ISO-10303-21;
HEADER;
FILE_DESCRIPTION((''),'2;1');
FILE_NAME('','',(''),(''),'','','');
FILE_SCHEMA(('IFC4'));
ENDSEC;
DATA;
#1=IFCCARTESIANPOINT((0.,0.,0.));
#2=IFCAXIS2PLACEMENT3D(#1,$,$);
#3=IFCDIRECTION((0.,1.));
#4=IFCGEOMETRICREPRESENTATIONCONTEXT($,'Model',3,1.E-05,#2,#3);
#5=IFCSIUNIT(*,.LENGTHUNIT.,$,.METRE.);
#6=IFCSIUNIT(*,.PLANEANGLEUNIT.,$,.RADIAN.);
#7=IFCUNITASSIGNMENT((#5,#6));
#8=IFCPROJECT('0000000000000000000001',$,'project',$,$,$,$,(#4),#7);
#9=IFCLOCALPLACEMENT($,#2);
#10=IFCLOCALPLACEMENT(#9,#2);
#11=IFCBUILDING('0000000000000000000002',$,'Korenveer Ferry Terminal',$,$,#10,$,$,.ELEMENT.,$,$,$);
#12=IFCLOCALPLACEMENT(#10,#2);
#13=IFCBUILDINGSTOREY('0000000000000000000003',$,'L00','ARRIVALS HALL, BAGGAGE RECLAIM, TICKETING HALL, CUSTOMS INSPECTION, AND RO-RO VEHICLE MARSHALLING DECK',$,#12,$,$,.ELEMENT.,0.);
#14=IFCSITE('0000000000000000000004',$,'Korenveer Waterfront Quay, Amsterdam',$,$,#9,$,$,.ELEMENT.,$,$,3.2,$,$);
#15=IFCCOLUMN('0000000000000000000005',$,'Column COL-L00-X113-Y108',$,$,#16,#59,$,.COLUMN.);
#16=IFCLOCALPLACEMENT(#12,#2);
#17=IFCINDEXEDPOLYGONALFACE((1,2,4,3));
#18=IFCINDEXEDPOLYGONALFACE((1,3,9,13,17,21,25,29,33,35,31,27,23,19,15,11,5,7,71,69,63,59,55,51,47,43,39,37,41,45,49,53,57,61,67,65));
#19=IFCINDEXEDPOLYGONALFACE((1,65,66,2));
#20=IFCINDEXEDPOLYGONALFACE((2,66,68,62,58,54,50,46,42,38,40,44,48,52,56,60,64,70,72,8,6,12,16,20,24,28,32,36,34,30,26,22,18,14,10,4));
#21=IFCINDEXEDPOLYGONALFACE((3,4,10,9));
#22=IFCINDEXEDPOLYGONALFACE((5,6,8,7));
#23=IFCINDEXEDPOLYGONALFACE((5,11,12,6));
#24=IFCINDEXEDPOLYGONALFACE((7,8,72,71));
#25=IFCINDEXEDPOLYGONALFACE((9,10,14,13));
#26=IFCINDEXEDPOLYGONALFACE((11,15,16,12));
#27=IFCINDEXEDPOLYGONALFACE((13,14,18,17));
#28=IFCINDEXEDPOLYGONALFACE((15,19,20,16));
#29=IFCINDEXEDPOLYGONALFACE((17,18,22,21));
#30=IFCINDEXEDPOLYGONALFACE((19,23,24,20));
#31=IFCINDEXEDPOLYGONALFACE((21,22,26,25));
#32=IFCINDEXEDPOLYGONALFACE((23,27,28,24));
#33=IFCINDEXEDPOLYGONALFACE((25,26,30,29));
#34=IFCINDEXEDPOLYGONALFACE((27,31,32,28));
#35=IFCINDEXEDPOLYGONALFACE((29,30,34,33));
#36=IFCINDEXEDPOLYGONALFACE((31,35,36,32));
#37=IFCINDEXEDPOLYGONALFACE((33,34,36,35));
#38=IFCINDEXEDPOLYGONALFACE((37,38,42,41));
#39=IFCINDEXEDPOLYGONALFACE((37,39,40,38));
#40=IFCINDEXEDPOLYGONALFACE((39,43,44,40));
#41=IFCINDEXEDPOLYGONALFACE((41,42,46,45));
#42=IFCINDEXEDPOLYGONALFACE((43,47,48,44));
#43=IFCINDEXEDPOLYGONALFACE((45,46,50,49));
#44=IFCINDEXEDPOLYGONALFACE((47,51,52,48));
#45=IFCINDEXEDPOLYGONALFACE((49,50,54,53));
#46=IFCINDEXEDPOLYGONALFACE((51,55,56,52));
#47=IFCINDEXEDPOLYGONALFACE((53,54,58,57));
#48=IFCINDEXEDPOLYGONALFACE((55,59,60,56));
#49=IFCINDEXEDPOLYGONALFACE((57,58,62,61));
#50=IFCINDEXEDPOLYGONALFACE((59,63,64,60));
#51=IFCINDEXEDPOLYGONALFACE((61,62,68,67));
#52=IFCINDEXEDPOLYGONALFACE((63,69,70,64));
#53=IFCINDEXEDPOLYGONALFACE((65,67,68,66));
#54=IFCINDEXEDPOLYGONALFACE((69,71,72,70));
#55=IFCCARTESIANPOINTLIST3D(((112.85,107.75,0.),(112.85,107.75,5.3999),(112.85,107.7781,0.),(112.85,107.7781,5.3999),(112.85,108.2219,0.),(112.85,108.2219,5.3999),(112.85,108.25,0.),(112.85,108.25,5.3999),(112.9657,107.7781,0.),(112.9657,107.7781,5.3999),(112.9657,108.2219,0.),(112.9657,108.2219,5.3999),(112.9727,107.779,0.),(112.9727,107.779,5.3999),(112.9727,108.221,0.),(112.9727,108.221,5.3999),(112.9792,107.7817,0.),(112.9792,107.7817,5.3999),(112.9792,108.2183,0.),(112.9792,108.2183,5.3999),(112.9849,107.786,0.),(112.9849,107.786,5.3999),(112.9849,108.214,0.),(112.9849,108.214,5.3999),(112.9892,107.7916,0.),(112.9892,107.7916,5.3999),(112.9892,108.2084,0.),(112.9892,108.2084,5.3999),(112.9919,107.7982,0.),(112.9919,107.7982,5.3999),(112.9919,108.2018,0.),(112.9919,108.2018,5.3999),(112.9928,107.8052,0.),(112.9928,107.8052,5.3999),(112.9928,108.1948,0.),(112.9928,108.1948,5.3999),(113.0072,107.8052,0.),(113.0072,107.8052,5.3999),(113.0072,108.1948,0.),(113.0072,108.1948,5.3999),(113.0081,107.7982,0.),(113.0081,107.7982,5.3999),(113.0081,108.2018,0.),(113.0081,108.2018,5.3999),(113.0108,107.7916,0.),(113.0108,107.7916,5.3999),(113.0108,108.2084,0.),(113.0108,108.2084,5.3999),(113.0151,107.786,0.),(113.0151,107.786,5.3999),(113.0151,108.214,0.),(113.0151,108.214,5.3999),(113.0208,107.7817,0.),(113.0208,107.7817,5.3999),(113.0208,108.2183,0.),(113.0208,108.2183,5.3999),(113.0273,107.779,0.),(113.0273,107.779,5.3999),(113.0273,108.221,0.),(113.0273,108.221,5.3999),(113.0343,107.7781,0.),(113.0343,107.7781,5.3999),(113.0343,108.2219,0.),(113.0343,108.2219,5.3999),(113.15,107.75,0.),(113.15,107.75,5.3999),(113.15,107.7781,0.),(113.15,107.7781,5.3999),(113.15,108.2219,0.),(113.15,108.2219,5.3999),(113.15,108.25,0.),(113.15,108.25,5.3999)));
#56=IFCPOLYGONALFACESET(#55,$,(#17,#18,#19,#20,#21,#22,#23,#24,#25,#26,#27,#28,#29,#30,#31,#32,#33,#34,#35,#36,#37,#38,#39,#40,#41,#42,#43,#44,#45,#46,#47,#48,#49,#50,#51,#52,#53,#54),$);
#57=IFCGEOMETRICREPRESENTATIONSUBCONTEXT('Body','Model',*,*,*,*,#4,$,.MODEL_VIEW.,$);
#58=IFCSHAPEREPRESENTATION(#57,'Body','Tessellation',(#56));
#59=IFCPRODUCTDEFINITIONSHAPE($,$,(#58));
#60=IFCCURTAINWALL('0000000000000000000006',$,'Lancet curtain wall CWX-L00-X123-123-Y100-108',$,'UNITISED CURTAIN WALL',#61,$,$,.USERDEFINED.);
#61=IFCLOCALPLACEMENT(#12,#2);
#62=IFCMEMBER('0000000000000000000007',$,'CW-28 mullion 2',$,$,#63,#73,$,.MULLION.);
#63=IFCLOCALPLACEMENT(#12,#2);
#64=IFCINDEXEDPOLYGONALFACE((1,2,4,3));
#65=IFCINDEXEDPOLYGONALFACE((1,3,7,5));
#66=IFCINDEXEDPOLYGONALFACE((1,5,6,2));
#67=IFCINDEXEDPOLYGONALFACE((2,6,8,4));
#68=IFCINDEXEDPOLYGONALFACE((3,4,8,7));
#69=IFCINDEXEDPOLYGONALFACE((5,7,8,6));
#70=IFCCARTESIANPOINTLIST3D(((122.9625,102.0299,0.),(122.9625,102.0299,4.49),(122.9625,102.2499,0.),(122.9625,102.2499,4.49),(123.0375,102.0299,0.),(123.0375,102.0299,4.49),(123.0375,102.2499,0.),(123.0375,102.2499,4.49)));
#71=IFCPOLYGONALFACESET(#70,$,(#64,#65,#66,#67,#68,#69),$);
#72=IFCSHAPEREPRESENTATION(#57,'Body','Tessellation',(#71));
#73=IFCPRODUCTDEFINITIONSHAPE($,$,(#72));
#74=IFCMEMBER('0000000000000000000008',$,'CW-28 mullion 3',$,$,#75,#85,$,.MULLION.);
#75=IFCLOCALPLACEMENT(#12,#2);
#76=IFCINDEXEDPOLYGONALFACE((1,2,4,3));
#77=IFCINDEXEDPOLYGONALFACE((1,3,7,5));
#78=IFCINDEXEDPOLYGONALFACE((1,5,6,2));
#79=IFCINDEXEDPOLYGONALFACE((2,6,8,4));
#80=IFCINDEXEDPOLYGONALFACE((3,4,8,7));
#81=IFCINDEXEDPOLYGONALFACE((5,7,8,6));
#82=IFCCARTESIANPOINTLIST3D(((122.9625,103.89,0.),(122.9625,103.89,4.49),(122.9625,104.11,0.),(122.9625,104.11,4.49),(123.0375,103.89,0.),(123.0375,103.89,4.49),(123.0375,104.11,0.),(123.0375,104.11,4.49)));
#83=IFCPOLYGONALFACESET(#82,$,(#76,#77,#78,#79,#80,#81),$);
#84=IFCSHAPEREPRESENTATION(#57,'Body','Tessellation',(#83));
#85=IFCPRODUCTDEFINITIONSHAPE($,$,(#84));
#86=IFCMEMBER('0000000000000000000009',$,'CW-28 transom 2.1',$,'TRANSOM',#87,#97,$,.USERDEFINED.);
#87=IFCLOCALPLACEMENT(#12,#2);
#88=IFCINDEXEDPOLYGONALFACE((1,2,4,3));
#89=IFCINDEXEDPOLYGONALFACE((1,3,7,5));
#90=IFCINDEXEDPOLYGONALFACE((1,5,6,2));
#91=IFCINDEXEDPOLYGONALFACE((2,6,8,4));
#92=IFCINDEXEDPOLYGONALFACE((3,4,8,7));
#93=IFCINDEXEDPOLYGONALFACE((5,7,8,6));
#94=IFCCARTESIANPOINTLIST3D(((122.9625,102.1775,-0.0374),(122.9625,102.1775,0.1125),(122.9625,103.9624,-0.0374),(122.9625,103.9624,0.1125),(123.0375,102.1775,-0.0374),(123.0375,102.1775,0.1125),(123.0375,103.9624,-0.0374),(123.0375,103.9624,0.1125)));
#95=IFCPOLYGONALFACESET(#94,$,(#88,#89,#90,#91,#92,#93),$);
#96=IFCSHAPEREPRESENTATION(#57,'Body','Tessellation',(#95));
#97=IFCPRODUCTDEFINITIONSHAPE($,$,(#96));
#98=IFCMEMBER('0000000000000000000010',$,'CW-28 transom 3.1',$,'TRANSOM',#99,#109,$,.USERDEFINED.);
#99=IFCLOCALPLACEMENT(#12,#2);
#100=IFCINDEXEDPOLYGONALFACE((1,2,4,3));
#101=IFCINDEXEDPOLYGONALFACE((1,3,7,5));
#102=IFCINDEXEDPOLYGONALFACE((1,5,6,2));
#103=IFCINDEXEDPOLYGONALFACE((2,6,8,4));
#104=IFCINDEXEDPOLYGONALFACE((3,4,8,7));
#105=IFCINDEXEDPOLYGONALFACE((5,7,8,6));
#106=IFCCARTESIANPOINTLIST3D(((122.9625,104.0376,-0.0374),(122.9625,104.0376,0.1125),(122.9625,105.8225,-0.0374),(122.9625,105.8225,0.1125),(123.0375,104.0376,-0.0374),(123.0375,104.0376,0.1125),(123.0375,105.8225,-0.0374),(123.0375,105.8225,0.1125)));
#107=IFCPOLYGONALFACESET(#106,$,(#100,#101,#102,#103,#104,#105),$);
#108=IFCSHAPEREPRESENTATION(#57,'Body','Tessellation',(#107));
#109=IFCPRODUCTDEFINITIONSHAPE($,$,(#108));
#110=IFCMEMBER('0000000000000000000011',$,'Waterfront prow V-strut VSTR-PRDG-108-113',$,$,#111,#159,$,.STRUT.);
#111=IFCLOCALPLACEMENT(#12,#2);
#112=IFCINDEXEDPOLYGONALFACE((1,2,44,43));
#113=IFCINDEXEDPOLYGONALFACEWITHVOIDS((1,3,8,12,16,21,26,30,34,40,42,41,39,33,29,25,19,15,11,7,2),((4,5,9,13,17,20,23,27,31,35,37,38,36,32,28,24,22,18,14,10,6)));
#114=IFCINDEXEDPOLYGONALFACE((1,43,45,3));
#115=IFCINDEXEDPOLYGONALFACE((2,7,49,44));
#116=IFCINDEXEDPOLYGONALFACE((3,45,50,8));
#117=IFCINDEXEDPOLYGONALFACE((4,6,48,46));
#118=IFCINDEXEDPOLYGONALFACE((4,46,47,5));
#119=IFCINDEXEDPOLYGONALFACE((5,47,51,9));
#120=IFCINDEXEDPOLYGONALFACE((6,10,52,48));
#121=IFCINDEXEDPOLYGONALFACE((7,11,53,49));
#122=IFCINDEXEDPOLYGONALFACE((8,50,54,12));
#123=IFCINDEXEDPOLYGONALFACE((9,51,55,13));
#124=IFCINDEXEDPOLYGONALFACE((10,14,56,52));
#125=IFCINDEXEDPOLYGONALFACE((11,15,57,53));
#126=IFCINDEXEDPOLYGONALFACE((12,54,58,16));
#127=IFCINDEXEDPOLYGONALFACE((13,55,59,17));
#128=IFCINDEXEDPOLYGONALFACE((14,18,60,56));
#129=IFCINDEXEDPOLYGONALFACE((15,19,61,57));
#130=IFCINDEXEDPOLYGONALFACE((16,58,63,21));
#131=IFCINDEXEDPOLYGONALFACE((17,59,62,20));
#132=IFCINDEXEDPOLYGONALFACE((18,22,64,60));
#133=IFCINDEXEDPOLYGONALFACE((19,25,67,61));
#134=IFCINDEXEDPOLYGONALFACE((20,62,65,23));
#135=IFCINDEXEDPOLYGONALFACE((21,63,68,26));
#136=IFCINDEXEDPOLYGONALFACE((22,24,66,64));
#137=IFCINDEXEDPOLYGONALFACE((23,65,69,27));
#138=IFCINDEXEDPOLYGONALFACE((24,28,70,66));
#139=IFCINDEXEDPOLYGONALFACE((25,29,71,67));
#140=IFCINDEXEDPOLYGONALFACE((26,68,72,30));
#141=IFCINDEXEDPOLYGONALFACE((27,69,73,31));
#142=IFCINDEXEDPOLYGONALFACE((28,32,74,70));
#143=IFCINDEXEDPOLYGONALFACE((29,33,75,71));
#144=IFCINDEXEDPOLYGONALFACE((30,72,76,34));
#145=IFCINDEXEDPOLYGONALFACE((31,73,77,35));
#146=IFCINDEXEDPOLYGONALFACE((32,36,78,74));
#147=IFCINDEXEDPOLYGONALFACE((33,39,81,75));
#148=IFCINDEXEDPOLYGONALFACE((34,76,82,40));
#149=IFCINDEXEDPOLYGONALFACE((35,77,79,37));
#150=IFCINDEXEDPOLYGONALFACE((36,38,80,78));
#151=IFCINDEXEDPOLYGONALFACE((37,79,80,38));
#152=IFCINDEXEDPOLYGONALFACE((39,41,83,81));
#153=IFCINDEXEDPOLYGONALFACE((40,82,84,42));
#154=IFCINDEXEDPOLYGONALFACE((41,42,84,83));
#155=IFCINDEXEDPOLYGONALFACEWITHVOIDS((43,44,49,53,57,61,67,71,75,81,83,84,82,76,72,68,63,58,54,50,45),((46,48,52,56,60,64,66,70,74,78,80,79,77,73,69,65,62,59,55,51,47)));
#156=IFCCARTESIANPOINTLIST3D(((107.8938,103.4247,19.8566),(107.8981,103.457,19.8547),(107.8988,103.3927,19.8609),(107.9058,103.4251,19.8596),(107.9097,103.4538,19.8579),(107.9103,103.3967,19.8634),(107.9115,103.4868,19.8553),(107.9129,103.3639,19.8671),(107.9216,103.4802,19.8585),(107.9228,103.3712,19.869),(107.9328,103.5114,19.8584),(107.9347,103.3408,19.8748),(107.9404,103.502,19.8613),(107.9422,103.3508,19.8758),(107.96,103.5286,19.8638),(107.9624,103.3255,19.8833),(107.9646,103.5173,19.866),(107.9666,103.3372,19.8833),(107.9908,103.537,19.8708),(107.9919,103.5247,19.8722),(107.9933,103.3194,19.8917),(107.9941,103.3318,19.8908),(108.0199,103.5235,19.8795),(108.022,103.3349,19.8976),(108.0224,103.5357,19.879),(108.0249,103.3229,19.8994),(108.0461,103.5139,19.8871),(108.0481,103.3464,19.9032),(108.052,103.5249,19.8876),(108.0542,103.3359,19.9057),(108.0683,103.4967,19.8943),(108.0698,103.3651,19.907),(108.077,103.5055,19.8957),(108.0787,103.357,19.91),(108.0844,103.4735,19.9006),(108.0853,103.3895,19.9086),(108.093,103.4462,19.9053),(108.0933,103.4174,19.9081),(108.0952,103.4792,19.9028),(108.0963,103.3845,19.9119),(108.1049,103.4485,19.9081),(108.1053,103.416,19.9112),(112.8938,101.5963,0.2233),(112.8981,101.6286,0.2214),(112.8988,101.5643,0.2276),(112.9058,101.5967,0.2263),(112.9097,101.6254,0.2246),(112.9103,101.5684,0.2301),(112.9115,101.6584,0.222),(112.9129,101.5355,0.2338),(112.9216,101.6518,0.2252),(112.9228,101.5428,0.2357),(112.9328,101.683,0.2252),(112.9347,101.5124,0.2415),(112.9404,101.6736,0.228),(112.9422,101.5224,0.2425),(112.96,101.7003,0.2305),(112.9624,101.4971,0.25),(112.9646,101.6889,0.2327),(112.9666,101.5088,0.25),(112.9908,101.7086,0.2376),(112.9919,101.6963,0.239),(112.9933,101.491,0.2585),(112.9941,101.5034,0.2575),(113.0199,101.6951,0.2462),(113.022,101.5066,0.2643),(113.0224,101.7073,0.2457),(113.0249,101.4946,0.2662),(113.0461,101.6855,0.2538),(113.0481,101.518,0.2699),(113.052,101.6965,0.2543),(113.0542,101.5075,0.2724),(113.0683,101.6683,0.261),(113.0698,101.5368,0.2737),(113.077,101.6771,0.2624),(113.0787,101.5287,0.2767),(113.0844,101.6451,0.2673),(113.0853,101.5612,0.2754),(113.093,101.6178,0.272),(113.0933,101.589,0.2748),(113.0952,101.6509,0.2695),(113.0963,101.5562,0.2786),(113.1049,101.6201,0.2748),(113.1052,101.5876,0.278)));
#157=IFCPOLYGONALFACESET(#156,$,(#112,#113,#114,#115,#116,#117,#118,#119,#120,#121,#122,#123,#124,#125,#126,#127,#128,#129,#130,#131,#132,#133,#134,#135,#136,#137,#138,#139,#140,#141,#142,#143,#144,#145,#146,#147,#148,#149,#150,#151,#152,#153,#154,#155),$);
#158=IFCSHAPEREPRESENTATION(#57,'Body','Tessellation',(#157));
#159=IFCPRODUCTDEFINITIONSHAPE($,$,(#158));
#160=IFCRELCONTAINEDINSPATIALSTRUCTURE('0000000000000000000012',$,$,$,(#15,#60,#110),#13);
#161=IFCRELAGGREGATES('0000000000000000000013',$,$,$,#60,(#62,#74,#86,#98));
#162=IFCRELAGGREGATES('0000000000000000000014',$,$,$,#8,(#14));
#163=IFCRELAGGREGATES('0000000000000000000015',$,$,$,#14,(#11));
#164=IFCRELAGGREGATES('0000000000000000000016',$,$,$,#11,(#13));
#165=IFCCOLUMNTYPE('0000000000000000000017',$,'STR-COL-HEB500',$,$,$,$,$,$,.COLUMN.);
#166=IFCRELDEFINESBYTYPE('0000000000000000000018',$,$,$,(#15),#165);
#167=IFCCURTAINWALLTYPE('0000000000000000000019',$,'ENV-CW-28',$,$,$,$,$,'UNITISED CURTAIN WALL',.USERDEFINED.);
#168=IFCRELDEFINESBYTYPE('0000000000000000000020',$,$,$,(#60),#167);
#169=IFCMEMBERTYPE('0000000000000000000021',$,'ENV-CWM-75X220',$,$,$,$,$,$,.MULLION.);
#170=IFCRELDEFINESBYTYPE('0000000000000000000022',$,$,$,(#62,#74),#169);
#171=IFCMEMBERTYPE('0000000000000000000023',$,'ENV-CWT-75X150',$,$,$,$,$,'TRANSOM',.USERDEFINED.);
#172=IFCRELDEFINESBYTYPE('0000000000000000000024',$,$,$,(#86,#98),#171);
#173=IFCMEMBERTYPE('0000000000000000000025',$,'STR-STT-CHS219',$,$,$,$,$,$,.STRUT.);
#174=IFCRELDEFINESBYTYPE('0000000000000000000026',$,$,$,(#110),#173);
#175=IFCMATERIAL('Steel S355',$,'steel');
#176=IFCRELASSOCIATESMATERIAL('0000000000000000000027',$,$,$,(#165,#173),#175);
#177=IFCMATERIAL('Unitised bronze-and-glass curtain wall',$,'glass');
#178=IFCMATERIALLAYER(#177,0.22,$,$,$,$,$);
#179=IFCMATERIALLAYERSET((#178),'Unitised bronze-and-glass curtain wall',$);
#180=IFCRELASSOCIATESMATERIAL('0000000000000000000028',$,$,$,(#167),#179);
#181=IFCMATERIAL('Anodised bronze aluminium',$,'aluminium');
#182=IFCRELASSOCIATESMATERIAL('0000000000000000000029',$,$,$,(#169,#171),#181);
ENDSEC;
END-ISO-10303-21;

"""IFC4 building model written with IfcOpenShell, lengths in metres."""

from ifc_helpers import new_model, si_unit, direction, frame, origin, origin_2d, place, context, subcontext, project, spatial, rectangle, hollow_circle, i_section, extrude, material, layer, layer_set, material_profile, profile_set, type_object, element, aggregate, save


model = new_model("IFC4")

# Units and contexts
model_context = context("Model", 3, precision=1e-05, world=origin(), true_north=direction((0.0, 1.0)))
body_context = subcontext(model_context, "Body", "Model", "MODEL_VIEW")
ifc_project = project(units=[si_unit("LENGTHUNIT", "METRE"), si_unit("PLANEANGLEUNIT", "RADIAN")], contexts=[model_context])

# Site, building, storey
site_placement = place(None, origin())
site = spatial("IfcSite", under=ifc_project, at=site_placement, Name="Korenveer Waterfront Quay, Amsterdam", CompositionType="ELEMENT", RefElevation=3.2)
building_placement = place(site_placement, origin())
building = spatial("IfcBuilding", under=site, at=building_placement, Name="Korenveer Ferry Terminal", CompositionType="ELEMENT")
storey_placement = place(building_placement, origin())
storey = spatial("IfcBuildingStorey", under=building, at=storey_placement, Name="L00", Description="ARRIVALS HALL, BAGGAGE RECLAIM, TICKETING HALL, CUSTOMS INSPECTION, AND RO-RO VEHICLE MARSHALLING DECK", CompositionType="ELEMENT", Elevation=0.0)

# Column
ifc_material_1 = material(Name="Steel S355", Category="steel")
ifc_material_profile_1 = material_profile(ifc_material_1, i_section(OverallWidth=0.3, OverallDepth=0.5, WebThickness=0.0144, FlangeThickness=0.0281, FilletRadius=0.0271, at=origin_2d()), Name="HEB 500")
ifc_profile_set_1 = profile_set([ifc_material_profile_1], Name="Steel S355")
column_type = type_object("IfcColumnType", Name="STR-COL-HEB500", PredefinedType="COLUMN", material=ifc_profile_set_1)
column_placement = place(storey_placement, frame((113.0, 108.0, 0.0), z_axis=(0.0, 0.0, 1.0), x_axis=(1.0, 0.0, 0.0)))
element("IfcColumn", 1, at=column_placement, inside=storey, type_object=column_type, Name="Column COL-L00-X113-Y108", PredefinedType="COLUMN", context=body_context, shape_type="SweptSolid", body=[
    extrude(i_section(OverallWidth=0.3, OverallDepth=0.5, WebThickness=0.0144, FlangeThickness=0.0281, FilletRadius=0.0271, at=origin_2d()), origin(), (0.0, 0.0, 1.0), 5.3999),
])

# Curtain wall, members
ifc_material_2 = material(Name="Unitised bronze-and-glass curtain wall", Category="glass")
ifc_layer_1 = layer(ifc_material_2, 0.22)
ifc_layer_set_1 = layer_set([ifc_layer_1], Name="Unitised bronze-and-glass curtain wall")
curtain_wall_type = type_object("IfcCurtainWallType", Name="ENV-CW-28", ElementType="UNITISED CURTAIN WALL", PredefinedType="USERDEFINED", material=ifc_layer_set_1)
curtain_wall_placement = place(storey_placement, frame((123.0, 100.28, 0.0)))
curtain_wall = element("IfcCurtainWall", 2, at=curtain_wall_placement, inside=storey, type_object=curtain_wall_type, Name="Lancet curtain wall CWX-L00-X123-123-Y100-108", ObjectType="UNITISED CURTAIN WALL", PredefinedType="USERDEFINED")
ifc_material_3 = material(Name="Anodised bronze aluminium", Category="aluminium")
ifc_material_profile_2 = material_profile(ifc_material_3, rectangle(XDim=0.075, YDim=0.22, at=origin_2d()), Name="ALU 75x220")
ifc_profile_set_2 = profile_set([ifc_material_profile_2], Name="Anodised bronze aluminium")
member_type_1 = type_object("IfcMemberType", Name="ENV-CWM-75X220", PredefinedType="MULLION", material=ifc_profile_set_2)
member_1_placement = place(storey_placement, frame((123.0, 102.1399, 0.0), z_axis=(0.0, 0.0, 1.0), x_axis=(-1.0, 0.0, 0.0)))
member_1 = element("IfcMember", 3, at=member_1_placement, type_object=member_type_1, Name="CW-28 mullion 2", PredefinedType="MULLION", context=body_context, shape_type="SweptSolid", body=[
    extrude(rectangle(XDim=0.075, YDim=0.22, at=origin_2d()), origin(), (0.0, 0.0, 1.0), 4.49),
])
member_2_placement = place(storey_placement, frame((123.0, 104.0, 0.0), z_axis=(0.0, 0.0, 1.0), x_axis=(-1.0, 0.0, 0.0)))
member_2 = element("IfcMember", 4, at=member_2_placement, type_object=member_type_1, Name="CW-28 mullion 3", PredefinedType="MULLION", context=body_context, shape_type="SweptSolid", body=[
    extrude(rectangle(XDim=0.075, YDim=0.22, at=origin_2d()), origin(), (0.0, 0.0, 1.0), 4.49),
])
ifc_material_profile_3 = material_profile(ifc_material_3, rectangle(XDim=0.075, YDim=0.1499, at=origin_2d()), Name="ALU 75x150")
ifc_profile_set_3 = profile_set([ifc_material_profile_3], Name="Anodised bronze aluminium")
member_type_2 = type_object("IfcMemberType", Name="ENV-CWT-75X150", ElementType="TRANSOM", PredefinedType="USERDEFINED", material=ifc_profile_set_3)
member_3_placement = place(storey_placement, frame((123.0, 102.1775, 0.0376), z_axis=(0.0, 1.0, 0.0), x_axis=(-1.0, 0.0, 0.0)))
member_3 = element("IfcMember", 5, at=member_3_placement, type_object=member_type_2, Name="CW-28 transom 2.1", ObjectType="TRANSOM", PredefinedType="USERDEFINED", context=body_context, shape_type="SweptSolid", body=[
    extrude(rectangle(XDim=0.075, YDim=0.1499, at=origin_2d()), origin(), (0.0, 0.0, 1.0), 1.7849),
])
member_4_placement = place(storey_placement, frame((123.0, 104.0376, 0.0376), z_axis=(0.0, 1.0, 0.0), x_axis=(-1.0, 0.0, 0.0)))
member_4 = element("IfcMember", 6, at=member_4_placement, type_object=member_type_2, Name="CW-28 transom 3.1", ObjectType="TRANSOM", PredefinedType="USERDEFINED", context=body_context, shape_type="SweptSolid", body=[
    extrude(rectangle(XDim=0.075, YDim=0.1499, at=origin_2d()), origin(), (0.0, 0.0, 1.0), 1.7849),
])

# Member
ifc_material_profile_4 = material_profile(ifc_material_1, hollow_circle(Radius=0.1096, WallThickness=0.0125, at=origin_2d()), Name="CHS 219.1x12.5")
ifc_profile_set_4 = profile_set([ifc_material_profile_4], Name="Steel S355")
member_type_3 = type_object("IfcMemberType", Name="STR-STT-CHS219", PredefinedType="STRUT", material=ifc_profile_set_4)
member_5_placement = place(storey_placement, frame((113.0, 101.6001, 0.25), z_axis=(-0.245793, 0.08988, 0.965146), x_axis=(-0.343433, -0.939177, 0.0)))
element("IfcMember", 7, at=member_5_placement, inside=storey, type_object=member_type_3, Name="Waterfront prow V-strut VSTR-PRDG-108-113", PredefinedType="STRUT", context=body_context, shape_type="SweptSolid", body=[
    extrude(hollow_circle(Radius=0.1096, WallThickness=0.0125, at=origin_2d()), origin(), (0.0, 0.0, 1.0), 20.3423),
])

aggregate(curtain_wall, [member_1, member_2, member_3, member_4])

save(model, "model.ifc")
